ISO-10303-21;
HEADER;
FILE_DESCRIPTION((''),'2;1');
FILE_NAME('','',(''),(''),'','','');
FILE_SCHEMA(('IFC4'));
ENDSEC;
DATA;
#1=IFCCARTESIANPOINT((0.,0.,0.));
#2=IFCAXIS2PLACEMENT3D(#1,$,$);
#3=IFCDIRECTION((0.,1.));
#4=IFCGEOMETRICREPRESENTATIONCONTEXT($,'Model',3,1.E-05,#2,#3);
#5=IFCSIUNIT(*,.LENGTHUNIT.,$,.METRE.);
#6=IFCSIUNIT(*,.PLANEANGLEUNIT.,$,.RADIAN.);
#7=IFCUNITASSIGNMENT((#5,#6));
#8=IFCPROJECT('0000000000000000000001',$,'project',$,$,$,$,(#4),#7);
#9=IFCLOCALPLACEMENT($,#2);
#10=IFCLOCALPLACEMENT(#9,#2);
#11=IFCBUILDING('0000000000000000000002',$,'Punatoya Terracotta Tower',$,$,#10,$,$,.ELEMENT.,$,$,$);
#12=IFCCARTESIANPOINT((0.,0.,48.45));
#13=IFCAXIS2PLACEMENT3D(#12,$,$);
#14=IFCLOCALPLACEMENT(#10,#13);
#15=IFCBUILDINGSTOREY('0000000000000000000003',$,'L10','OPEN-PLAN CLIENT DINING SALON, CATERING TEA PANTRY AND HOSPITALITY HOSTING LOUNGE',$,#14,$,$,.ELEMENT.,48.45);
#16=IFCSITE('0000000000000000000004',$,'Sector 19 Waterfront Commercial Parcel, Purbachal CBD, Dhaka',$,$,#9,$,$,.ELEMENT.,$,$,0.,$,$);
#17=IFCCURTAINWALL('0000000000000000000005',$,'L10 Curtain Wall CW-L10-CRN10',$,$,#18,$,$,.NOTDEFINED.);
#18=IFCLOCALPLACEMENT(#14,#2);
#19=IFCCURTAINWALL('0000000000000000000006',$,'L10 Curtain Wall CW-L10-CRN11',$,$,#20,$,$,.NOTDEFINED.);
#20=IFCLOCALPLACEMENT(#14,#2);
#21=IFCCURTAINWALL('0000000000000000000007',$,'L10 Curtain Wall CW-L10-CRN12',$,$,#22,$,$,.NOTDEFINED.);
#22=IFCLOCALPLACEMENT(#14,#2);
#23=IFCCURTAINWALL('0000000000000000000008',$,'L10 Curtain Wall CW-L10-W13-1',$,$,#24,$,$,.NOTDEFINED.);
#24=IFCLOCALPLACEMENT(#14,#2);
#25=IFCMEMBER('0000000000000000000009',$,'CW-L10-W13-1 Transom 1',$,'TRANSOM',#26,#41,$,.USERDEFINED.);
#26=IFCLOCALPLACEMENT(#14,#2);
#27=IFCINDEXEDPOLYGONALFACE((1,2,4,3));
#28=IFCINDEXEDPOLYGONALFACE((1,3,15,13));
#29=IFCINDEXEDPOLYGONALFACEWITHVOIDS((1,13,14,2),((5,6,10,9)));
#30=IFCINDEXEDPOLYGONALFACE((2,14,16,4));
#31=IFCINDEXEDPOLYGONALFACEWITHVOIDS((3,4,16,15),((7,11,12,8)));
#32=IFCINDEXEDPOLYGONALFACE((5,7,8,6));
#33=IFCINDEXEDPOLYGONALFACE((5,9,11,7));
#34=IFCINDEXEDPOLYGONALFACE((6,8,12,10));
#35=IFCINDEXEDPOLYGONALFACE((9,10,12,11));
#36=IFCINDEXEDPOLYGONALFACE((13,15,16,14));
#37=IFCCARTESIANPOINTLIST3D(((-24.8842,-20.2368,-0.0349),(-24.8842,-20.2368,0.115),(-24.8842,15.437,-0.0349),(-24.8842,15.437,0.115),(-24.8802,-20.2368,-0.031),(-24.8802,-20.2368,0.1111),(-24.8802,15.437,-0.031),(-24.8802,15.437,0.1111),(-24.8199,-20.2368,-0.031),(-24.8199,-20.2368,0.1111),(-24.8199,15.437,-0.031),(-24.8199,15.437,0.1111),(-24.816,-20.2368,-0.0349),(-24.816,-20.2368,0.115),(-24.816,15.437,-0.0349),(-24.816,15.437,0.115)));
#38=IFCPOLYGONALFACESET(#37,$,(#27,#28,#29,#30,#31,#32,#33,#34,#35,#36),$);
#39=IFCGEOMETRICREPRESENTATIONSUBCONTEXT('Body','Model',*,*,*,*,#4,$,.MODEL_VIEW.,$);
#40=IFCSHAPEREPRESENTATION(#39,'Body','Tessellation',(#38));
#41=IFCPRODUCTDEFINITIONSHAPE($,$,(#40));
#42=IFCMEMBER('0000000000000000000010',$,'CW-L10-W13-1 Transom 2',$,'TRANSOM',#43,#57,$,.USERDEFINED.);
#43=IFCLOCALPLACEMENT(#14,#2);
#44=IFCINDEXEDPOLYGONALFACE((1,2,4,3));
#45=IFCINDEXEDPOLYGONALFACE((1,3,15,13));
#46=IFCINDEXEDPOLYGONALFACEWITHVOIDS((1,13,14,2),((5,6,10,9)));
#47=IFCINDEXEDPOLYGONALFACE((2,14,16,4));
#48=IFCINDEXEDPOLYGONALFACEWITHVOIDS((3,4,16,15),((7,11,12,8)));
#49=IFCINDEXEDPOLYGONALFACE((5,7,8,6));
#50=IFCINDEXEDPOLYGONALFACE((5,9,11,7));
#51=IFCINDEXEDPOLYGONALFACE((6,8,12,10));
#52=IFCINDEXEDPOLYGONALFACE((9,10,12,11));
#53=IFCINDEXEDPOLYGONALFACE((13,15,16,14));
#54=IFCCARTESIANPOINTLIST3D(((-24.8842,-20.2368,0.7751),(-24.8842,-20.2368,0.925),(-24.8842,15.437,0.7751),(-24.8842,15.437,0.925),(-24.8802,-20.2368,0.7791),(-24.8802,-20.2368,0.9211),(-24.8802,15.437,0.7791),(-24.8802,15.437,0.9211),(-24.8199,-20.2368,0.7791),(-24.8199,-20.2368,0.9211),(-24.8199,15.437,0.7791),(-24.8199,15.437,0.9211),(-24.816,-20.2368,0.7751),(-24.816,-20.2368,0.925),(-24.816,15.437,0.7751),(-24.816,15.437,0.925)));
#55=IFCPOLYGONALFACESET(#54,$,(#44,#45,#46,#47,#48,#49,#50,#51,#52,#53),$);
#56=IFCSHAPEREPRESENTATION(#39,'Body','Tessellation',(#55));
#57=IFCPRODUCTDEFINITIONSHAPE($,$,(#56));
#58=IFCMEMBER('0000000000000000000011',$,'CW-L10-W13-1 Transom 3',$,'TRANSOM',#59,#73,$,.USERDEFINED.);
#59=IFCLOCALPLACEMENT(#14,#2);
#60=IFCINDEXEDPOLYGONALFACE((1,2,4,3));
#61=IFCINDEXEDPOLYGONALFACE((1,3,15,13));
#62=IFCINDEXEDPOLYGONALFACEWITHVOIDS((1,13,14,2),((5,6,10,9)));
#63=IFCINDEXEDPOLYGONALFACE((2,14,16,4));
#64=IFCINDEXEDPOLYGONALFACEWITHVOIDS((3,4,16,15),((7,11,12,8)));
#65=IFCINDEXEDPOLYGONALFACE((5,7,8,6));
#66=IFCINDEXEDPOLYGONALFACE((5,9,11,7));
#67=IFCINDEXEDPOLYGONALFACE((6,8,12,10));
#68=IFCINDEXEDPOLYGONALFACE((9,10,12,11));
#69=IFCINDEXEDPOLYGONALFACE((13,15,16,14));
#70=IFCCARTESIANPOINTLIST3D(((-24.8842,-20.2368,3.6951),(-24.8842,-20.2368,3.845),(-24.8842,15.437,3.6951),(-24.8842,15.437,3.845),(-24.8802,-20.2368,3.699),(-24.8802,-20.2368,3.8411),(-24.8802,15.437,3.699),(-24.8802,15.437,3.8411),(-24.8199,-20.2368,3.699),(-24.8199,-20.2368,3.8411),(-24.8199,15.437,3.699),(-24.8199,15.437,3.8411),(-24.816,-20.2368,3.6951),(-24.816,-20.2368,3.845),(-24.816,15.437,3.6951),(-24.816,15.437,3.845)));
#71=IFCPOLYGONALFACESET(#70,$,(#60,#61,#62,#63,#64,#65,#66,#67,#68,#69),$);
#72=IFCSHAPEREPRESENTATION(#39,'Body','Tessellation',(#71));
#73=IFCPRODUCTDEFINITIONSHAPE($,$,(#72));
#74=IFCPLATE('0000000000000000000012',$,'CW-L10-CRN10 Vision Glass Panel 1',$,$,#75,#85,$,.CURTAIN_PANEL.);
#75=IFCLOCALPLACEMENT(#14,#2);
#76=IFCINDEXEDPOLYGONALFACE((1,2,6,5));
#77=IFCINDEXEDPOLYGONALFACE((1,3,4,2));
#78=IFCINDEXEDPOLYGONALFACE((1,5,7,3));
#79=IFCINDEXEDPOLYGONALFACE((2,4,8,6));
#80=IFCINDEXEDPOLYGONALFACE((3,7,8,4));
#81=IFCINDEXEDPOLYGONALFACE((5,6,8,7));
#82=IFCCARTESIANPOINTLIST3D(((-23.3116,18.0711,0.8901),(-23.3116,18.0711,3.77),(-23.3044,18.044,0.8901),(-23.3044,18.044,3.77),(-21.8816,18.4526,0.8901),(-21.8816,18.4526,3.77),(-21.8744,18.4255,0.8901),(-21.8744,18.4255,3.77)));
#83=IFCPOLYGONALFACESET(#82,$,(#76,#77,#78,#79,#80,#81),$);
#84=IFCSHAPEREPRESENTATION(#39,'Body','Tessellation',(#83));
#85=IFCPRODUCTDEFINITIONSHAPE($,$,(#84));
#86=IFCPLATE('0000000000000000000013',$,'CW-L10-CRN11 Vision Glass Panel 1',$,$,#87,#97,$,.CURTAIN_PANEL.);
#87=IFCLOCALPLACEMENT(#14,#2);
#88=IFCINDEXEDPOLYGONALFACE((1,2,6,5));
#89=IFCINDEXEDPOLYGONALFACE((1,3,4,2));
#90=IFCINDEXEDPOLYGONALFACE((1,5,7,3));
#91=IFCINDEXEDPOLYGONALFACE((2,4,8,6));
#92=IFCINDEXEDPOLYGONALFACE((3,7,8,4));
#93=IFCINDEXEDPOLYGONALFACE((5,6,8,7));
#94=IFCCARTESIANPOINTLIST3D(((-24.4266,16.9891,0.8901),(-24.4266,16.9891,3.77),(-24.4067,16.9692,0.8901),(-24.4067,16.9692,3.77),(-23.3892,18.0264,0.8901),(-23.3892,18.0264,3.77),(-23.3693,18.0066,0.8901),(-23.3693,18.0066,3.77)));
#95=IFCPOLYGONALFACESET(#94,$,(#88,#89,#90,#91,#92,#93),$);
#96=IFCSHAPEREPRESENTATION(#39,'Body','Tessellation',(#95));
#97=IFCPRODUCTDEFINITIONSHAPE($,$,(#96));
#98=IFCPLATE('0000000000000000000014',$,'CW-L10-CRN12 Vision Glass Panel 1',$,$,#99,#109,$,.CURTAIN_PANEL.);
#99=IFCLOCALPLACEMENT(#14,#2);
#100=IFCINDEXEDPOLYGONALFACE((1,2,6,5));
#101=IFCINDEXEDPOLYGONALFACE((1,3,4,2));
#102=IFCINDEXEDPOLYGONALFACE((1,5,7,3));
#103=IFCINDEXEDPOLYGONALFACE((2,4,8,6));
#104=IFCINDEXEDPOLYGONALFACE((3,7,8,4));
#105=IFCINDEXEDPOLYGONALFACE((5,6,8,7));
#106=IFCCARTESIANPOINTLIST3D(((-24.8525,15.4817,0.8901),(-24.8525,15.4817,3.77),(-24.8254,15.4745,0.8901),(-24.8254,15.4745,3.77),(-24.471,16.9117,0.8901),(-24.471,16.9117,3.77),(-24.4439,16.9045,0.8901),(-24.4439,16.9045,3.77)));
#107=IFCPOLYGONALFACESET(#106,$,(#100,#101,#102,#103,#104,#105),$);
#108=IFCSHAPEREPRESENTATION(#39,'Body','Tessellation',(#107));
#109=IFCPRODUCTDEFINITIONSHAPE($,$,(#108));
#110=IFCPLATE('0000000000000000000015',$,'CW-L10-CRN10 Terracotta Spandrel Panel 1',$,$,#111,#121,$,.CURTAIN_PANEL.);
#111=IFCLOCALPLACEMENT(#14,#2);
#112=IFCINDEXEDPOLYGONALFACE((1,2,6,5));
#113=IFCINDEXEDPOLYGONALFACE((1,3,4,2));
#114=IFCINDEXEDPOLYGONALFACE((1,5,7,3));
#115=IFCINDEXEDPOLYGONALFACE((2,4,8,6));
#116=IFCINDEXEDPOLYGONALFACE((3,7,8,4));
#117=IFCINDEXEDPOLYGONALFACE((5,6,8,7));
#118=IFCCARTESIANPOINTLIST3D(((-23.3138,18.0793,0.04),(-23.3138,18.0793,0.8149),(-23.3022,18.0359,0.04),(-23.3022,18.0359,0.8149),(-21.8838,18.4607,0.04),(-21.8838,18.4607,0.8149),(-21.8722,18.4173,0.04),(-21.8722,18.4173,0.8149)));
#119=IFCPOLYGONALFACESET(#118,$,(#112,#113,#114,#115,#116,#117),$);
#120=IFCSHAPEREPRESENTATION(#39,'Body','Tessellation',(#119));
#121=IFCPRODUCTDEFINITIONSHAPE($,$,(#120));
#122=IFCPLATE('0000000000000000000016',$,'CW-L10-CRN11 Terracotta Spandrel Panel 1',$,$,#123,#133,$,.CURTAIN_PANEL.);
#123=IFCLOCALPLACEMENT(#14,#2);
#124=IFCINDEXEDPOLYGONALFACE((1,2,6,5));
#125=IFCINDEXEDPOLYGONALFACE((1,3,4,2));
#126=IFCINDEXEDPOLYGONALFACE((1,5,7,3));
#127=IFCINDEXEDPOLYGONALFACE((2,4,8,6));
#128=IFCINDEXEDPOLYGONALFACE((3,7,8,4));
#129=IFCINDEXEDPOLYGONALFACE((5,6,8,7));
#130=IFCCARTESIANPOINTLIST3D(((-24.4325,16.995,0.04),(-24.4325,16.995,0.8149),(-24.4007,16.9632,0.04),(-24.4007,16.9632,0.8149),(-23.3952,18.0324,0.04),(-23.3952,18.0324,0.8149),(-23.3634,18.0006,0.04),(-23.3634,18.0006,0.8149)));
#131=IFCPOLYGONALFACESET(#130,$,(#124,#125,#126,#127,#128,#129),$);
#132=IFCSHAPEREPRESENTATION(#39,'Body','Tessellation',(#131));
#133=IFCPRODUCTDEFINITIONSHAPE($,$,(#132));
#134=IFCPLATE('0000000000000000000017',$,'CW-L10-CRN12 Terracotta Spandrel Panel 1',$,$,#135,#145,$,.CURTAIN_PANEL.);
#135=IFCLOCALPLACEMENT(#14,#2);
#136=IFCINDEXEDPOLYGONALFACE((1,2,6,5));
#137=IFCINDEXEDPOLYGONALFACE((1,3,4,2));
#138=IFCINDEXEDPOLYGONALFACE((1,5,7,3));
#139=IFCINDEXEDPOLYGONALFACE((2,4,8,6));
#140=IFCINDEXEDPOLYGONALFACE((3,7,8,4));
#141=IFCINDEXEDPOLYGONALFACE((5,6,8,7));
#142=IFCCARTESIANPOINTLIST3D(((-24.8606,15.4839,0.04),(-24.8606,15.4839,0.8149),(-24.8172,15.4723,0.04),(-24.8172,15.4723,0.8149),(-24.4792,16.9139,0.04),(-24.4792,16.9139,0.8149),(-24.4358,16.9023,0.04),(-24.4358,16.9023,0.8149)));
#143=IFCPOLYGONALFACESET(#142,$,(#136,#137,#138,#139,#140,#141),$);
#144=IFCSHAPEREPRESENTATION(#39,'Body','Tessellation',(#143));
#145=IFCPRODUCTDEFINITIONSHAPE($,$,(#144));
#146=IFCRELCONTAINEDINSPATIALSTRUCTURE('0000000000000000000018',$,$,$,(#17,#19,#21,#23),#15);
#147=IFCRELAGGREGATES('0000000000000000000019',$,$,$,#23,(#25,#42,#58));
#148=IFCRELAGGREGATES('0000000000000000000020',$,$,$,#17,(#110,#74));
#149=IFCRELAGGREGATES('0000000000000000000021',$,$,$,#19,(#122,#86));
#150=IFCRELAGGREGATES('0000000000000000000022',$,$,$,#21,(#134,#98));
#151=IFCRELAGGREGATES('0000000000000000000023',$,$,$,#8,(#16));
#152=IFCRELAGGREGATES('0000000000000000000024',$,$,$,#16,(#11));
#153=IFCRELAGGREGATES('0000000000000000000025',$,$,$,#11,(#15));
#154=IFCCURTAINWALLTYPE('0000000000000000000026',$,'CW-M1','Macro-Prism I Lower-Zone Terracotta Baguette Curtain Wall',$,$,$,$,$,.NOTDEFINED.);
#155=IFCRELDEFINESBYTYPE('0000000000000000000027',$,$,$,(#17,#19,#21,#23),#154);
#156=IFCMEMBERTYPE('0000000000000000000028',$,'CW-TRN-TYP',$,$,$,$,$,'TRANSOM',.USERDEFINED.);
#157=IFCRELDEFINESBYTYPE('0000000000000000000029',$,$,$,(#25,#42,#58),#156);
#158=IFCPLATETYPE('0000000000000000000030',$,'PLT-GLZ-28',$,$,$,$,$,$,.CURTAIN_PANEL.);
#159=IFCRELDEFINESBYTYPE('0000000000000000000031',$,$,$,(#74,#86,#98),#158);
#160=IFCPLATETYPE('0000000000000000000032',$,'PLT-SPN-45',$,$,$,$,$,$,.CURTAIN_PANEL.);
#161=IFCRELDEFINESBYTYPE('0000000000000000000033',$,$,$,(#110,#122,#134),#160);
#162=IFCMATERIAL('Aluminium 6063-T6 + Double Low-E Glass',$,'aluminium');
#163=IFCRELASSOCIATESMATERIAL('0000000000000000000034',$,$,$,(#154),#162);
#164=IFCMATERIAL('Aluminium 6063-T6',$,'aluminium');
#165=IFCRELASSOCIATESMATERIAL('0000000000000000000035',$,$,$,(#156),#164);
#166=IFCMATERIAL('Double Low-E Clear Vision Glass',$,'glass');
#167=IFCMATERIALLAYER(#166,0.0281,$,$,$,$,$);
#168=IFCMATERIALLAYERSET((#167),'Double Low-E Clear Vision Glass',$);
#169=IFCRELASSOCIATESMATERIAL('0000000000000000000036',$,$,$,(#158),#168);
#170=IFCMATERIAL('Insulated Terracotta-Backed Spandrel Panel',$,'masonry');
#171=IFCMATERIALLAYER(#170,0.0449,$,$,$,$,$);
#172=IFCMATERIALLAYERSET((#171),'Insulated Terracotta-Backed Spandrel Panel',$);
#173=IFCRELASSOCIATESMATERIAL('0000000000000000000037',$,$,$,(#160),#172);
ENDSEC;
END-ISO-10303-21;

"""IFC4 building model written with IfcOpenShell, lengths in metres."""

from ifc_helpers import new_model, si_unit, direction, frame, origin, origin_2d, place, context, subcontext, project, spatial, rectangle, hollow_rectangle, extrude, material, layer, layer_set, material_profile, profile_set, type_object, element, aggregate, save


model = new_model("IFC4")

# Units and contexts
model_context = context("Model", 3, precision=1e-05, world=origin(), true_north=direction((0.0, 1.0)))
body_context = subcontext(model_context, "Body", "Model", "MODEL_VIEW")
ifc_project = project(units=[si_unit("LENGTHUNIT", "METRE"), si_unit("PLANEANGLEUNIT", "RADIAN")], contexts=[model_context])

# Site, building, storey
site_placement = place(None, origin())
site = spatial("IfcSite", under=ifc_project, at=site_placement, Name="Sector 19 Waterfront Commercial Parcel, Purbachal CBD, Dhaka", CompositionType="ELEMENT", RefElevation=0.0)
building_placement = place(site_placement, origin())
building = spatial("IfcBuilding", under=site, at=building_placement, Name="Punatoya Terracotta Tower", CompositionType="ELEMENT")
storey_placement = place(building_placement, frame((0.0, 0.0, 48.45)))
storey = spatial("IfcBuildingStorey", under=building, at=storey_placement, Name="L10", Description="OPEN-PLAN CLIENT DINING SALON, CATERING TEA PANTRY AND HOSPITALITY HOSTING LOUNGE", CompositionType="ELEMENT", Elevation=48.45)

# Curtain walls
ifc_material_1 = material(Name="Aluminium 6063-T6 + Double Low-E Glass", Category="aluminium")
curtain_wall_type = type_object("IfcCurtainWallType", Name="CW-M1", Description="Macro-Prism I Lower-Zone Terracotta Baguette Curtain Wall", PredefinedType="NOTDEFINED", material=ifc_material_1)
curtain_wall_1_placement = place(storey_placement, origin())
curtain_wall_1 = element("IfcCurtainWall", 1, at=curtain_wall_1_placement, inside=storey, type_object=curtain_wall_type, Name="L10 Curtain Wall CW-L10-CRN10", PredefinedType="NOTDEFINED")
ifc_material_2 = material(Name="Aluminium 6063-T6", Category="aluminium")
curtain_wall_2_placement = place(storey_placement, origin())
curtain_wall_2 = element("IfcCurtainWall", 2, at=curtain_wall_2_placement, inside=storey, type_object=curtain_wall_type, Name="L10 Curtain Wall CW-L10-CRN11", PredefinedType="NOTDEFINED")
curtain_wall_3_placement = place(storey_placement, origin())
curtain_wall_3 = element("IfcCurtainWall", 3, at=curtain_wall_3_placement, inside=storey, type_object=curtain_wall_type, Name="L10 Curtain Wall CW-L10-CRN12", PredefinedType="NOTDEFINED")

# Curtain wall
curtain_wall_4_placement = place(storey_placement, origin())
curtain_wall_4 = element("IfcCurtainWall", 4, at=curtain_wall_4_placement, inside=storey, type_object=curtain_wall_type, Name="L10 Curtain Wall CW-L10-W13-1", PredefinedType="NOTDEFINED")

# Members
ifc_material_profile_1 = material_profile(ifc_material_2, hollow_rectangle(XDim=0.0681, YDim=0.1499, WallThickness=0.0039, at=origin_2d()))
ifc_profile_set_1 = profile_set([ifc_material_profile_1], Name="Aluminium 6063-T6")
member_type_1 = type_object("IfcMemberType", Name="CW-TRN-TYP", ElementType="TRANSOM", PredefinedType="USERDEFINED", material=ifc_profile_set_1)
member_1_placement = place(storey_placement, frame((-24.8501, 15.437, 0.04), z_axis=(0.0, -1.0, 0.0), x_axis=(1.0, 0.0, 0.0)))
member_1 = element("IfcMember", 5, at=member_1_placement, type_object=member_type_1, Name="CW-L10-W13-1 Transom 1", ObjectType="TRANSOM", PredefinedType="USERDEFINED", context=body_context, shape_type="SweptSolid", body=[
    extrude(hollow_rectangle(XDim=0.0681, YDim=0.1499, WallThickness=0.0039, at=origin_2d()), origin(), (0.0, 0.0, 1.0), 35.6738),
])
member_2_placement = place(storey_placement, frame((-24.8501, 15.437, 0.8501), z_axis=(0.0, -1.0, 0.0), x_axis=(1.0, 0.0, 0.0)))
member_2 = element("IfcMember", 6, at=member_2_placement, type_object=member_type_1, Name="CW-L10-W13-1 Transom 2", ObjectType="TRANSOM", PredefinedType="USERDEFINED", context=body_context, shape_type="SweptSolid", body=[
    extrude(hollow_rectangle(XDim=0.0681, YDim=0.1499, WallThickness=0.0039, at=origin_2d()), origin(), (0.0, 0.0, 1.0), 35.6738),
])
member_3_placement = place(storey_placement, frame((-24.8501, 15.437, 3.77), z_axis=(0.0, -1.0, 0.0), x_axis=(1.0, 0.0, 0.0)))
member_3 = element("IfcMember", 7, at=member_3_placement, type_object=member_type_1, Name="CW-L10-W13-1 Transom 3", ObjectType="TRANSOM", PredefinedType="USERDEFINED", context=body_context, shape_type="SweptSolid", body=[
    extrude(hollow_rectangle(XDim=0.0681, YDim=0.1499, WallThickness=0.0039, at=origin_2d()), origin(), (0.0, 0.0, 1.0), 35.6738),
])
aggregate(curtain_wall_4, [member_1, member_2, member_3])

# Plates
ifc_material_3 = material(Name="Double Low-E Clear Vision Glass", Category="glass")
ifc_layer_1 = layer(ifc_material_3, 0.0281)
ifc_layer_set_1 = layer_set([ifc_layer_1], Name="Double Low-E Clear Vision Glass")
plate_type_1 = type_object("IfcPlateType", Name="PLT-GLZ-28", PredefinedType="CURTAIN_PANEL", material=ifc_layer_set_1)
plate_1_placement = place(storey_placement, frame((-22.593, 18.2483, 0.8901), z_axis=(0.0, 0.0, 1.0), x_axis=(-0.966214, -0.257742, 0.0)))
plate_1 = element("IfcPlate", 8, at=plate_1_placement, type_object=plate_type_1, Name="CW-L10-CRN10 Vision Glass Panel 1", PredefinedType="CURTAIN_PANEL", context=body_context, shape_type="SweptSolid", body=[
    extrude(rectangle(XDim=1.48, YDim=0.0281, at=origin_2d()), origin(), (0.0, 0.0, 1.0), 2.8799),
])
plate_2_placement = place(storey_placement, frame((-23.8979, 17.4978, 0.8901), z_axis=(0.0, 0.0, 1.0), x_axis=(-0.707107, -0.707107, 0.0)))
plate_2 = element("IfcPlate", 9, at=plate_2_placement, type_object=plate_type_1, Name="CW-L10-CRN11 Vision Glass Panel 1", PredefinedType="CURTAIN_PANEL", context=body_context, shape_type="SweptSolid", body=[
    extrude(rectangle(XDim=1.467, YDim=0.0281, at=origin_2d()), origin(), (0.0, 0.0, 1.0), 2.8799),
])
plate_3_placement = place(storey_placement, frame((-24.6482, 16.1931, 0.8901), z_axis=(0.0, 0.0, 1.0), x_axis=(-0.257742, -0.966214, 0.0)))
plate_3 = element("IfcPlate", 10, at=plate_3_placement, type_object=plate_type_1, Name="CW-L10-CRN12 Vision Glass Panel 1", PredefinedType="CURTAIN_PANEL", context=body_context, shape_type="SweptSolid", body=[
    extrude(rectangle(XDim=1.48, YDim=0.0281, at=origin_2d()), origin(), (0.0, 0.0, 1.0), 2.8799),
])
ifc_material_4 = material(Name="Insulated Terracotta-Backed Spandrel Panel", Category="masonry")
ifc_layer_2 = layer(ifc_material_4, 0.0449)
ifc_layer_set_2 = layer_set([ifc_layer_2], Name="Insulated Terracotta-Backed Spandrel Panel")
plate_type_2 = type_object("IfcPlateType", Name="PLT-SPN-45", PredefinedType="CURTAIN_PANEL", material=ifc_layer_set_2)
plate_4_placement = place(storey_placement, frame((-22.593, 18.2483, 0.04), z_axis=(0.0, 0.0, 1.0), x_axis=(-0.966214, -0.257742, 0.0)))
plate_4 = element("IfcPlate", 11, at=plate_4_placement, type_object=plate_type_2, Name="CW-L10-CRN10 Terracotta Spandrel Panel 1", PredefinedType="CURTAIN_PANEL", context=body_context, shape_type="SweptSolid", body=[
    extrude(rectangle(XDim=1.48, YDim=0.0449, at=origin_2d()), origin(), (0.0, 0.0, 1.0), 0.7749),
])
aggregate(curtain_wall_1, [plate_4, plate_1])
plate_5_placement = place(storey_placement, frame((-23.8979, 17.4978, 0.04), z_axis=(0.0, 0.0, 1.0), x_axis=(-0.707107, -0.707107, 0.0)))
plate_5 = element("IfcPlate", 12, at=plate_5_placement, type_object=plate_type_2, Name="CW-L10-CRN11 Terracotta Spandrel Panel 1", PredefinedType="CURTAIN_PANEL", context=body_context, shape_type="SweptSolid", body=[
    extrude(rectangle(XDim=1.467, YDim=0.0449, at=origin_2d()), origin(), (0.0, 0.0, 1.0), 0.7749),
])
aggregate(curtain_wall_2, [plate_5, plate_2])
plate_6_placement = place(storey_placement, frame((-24.6482, 16.1931, 0.04), z_axis=(0.0, 0.0, 1.0), x_axis=(-0.257742, -0.966214, 0.0)))
plate_6 = element("IfcPlate", 13, at=plate_6_placement, type_object=plate_type_2, Name="CW-L10-CRN12 Terracotta Spandrel Panel 1", PredefinedType="CURTAIN_PANEL", context=body_context, shape_type="SweptSolid", body=[
    extrude(rectangle(XDim=1.48, YDim=0.0449, at=origin_2d()), origin(), (0.0, 0.0, 1.0), 0.7749),
])
aggregate(curtain_wall_3, [plate_6, plate_3])

save(model, "model.ifc")
